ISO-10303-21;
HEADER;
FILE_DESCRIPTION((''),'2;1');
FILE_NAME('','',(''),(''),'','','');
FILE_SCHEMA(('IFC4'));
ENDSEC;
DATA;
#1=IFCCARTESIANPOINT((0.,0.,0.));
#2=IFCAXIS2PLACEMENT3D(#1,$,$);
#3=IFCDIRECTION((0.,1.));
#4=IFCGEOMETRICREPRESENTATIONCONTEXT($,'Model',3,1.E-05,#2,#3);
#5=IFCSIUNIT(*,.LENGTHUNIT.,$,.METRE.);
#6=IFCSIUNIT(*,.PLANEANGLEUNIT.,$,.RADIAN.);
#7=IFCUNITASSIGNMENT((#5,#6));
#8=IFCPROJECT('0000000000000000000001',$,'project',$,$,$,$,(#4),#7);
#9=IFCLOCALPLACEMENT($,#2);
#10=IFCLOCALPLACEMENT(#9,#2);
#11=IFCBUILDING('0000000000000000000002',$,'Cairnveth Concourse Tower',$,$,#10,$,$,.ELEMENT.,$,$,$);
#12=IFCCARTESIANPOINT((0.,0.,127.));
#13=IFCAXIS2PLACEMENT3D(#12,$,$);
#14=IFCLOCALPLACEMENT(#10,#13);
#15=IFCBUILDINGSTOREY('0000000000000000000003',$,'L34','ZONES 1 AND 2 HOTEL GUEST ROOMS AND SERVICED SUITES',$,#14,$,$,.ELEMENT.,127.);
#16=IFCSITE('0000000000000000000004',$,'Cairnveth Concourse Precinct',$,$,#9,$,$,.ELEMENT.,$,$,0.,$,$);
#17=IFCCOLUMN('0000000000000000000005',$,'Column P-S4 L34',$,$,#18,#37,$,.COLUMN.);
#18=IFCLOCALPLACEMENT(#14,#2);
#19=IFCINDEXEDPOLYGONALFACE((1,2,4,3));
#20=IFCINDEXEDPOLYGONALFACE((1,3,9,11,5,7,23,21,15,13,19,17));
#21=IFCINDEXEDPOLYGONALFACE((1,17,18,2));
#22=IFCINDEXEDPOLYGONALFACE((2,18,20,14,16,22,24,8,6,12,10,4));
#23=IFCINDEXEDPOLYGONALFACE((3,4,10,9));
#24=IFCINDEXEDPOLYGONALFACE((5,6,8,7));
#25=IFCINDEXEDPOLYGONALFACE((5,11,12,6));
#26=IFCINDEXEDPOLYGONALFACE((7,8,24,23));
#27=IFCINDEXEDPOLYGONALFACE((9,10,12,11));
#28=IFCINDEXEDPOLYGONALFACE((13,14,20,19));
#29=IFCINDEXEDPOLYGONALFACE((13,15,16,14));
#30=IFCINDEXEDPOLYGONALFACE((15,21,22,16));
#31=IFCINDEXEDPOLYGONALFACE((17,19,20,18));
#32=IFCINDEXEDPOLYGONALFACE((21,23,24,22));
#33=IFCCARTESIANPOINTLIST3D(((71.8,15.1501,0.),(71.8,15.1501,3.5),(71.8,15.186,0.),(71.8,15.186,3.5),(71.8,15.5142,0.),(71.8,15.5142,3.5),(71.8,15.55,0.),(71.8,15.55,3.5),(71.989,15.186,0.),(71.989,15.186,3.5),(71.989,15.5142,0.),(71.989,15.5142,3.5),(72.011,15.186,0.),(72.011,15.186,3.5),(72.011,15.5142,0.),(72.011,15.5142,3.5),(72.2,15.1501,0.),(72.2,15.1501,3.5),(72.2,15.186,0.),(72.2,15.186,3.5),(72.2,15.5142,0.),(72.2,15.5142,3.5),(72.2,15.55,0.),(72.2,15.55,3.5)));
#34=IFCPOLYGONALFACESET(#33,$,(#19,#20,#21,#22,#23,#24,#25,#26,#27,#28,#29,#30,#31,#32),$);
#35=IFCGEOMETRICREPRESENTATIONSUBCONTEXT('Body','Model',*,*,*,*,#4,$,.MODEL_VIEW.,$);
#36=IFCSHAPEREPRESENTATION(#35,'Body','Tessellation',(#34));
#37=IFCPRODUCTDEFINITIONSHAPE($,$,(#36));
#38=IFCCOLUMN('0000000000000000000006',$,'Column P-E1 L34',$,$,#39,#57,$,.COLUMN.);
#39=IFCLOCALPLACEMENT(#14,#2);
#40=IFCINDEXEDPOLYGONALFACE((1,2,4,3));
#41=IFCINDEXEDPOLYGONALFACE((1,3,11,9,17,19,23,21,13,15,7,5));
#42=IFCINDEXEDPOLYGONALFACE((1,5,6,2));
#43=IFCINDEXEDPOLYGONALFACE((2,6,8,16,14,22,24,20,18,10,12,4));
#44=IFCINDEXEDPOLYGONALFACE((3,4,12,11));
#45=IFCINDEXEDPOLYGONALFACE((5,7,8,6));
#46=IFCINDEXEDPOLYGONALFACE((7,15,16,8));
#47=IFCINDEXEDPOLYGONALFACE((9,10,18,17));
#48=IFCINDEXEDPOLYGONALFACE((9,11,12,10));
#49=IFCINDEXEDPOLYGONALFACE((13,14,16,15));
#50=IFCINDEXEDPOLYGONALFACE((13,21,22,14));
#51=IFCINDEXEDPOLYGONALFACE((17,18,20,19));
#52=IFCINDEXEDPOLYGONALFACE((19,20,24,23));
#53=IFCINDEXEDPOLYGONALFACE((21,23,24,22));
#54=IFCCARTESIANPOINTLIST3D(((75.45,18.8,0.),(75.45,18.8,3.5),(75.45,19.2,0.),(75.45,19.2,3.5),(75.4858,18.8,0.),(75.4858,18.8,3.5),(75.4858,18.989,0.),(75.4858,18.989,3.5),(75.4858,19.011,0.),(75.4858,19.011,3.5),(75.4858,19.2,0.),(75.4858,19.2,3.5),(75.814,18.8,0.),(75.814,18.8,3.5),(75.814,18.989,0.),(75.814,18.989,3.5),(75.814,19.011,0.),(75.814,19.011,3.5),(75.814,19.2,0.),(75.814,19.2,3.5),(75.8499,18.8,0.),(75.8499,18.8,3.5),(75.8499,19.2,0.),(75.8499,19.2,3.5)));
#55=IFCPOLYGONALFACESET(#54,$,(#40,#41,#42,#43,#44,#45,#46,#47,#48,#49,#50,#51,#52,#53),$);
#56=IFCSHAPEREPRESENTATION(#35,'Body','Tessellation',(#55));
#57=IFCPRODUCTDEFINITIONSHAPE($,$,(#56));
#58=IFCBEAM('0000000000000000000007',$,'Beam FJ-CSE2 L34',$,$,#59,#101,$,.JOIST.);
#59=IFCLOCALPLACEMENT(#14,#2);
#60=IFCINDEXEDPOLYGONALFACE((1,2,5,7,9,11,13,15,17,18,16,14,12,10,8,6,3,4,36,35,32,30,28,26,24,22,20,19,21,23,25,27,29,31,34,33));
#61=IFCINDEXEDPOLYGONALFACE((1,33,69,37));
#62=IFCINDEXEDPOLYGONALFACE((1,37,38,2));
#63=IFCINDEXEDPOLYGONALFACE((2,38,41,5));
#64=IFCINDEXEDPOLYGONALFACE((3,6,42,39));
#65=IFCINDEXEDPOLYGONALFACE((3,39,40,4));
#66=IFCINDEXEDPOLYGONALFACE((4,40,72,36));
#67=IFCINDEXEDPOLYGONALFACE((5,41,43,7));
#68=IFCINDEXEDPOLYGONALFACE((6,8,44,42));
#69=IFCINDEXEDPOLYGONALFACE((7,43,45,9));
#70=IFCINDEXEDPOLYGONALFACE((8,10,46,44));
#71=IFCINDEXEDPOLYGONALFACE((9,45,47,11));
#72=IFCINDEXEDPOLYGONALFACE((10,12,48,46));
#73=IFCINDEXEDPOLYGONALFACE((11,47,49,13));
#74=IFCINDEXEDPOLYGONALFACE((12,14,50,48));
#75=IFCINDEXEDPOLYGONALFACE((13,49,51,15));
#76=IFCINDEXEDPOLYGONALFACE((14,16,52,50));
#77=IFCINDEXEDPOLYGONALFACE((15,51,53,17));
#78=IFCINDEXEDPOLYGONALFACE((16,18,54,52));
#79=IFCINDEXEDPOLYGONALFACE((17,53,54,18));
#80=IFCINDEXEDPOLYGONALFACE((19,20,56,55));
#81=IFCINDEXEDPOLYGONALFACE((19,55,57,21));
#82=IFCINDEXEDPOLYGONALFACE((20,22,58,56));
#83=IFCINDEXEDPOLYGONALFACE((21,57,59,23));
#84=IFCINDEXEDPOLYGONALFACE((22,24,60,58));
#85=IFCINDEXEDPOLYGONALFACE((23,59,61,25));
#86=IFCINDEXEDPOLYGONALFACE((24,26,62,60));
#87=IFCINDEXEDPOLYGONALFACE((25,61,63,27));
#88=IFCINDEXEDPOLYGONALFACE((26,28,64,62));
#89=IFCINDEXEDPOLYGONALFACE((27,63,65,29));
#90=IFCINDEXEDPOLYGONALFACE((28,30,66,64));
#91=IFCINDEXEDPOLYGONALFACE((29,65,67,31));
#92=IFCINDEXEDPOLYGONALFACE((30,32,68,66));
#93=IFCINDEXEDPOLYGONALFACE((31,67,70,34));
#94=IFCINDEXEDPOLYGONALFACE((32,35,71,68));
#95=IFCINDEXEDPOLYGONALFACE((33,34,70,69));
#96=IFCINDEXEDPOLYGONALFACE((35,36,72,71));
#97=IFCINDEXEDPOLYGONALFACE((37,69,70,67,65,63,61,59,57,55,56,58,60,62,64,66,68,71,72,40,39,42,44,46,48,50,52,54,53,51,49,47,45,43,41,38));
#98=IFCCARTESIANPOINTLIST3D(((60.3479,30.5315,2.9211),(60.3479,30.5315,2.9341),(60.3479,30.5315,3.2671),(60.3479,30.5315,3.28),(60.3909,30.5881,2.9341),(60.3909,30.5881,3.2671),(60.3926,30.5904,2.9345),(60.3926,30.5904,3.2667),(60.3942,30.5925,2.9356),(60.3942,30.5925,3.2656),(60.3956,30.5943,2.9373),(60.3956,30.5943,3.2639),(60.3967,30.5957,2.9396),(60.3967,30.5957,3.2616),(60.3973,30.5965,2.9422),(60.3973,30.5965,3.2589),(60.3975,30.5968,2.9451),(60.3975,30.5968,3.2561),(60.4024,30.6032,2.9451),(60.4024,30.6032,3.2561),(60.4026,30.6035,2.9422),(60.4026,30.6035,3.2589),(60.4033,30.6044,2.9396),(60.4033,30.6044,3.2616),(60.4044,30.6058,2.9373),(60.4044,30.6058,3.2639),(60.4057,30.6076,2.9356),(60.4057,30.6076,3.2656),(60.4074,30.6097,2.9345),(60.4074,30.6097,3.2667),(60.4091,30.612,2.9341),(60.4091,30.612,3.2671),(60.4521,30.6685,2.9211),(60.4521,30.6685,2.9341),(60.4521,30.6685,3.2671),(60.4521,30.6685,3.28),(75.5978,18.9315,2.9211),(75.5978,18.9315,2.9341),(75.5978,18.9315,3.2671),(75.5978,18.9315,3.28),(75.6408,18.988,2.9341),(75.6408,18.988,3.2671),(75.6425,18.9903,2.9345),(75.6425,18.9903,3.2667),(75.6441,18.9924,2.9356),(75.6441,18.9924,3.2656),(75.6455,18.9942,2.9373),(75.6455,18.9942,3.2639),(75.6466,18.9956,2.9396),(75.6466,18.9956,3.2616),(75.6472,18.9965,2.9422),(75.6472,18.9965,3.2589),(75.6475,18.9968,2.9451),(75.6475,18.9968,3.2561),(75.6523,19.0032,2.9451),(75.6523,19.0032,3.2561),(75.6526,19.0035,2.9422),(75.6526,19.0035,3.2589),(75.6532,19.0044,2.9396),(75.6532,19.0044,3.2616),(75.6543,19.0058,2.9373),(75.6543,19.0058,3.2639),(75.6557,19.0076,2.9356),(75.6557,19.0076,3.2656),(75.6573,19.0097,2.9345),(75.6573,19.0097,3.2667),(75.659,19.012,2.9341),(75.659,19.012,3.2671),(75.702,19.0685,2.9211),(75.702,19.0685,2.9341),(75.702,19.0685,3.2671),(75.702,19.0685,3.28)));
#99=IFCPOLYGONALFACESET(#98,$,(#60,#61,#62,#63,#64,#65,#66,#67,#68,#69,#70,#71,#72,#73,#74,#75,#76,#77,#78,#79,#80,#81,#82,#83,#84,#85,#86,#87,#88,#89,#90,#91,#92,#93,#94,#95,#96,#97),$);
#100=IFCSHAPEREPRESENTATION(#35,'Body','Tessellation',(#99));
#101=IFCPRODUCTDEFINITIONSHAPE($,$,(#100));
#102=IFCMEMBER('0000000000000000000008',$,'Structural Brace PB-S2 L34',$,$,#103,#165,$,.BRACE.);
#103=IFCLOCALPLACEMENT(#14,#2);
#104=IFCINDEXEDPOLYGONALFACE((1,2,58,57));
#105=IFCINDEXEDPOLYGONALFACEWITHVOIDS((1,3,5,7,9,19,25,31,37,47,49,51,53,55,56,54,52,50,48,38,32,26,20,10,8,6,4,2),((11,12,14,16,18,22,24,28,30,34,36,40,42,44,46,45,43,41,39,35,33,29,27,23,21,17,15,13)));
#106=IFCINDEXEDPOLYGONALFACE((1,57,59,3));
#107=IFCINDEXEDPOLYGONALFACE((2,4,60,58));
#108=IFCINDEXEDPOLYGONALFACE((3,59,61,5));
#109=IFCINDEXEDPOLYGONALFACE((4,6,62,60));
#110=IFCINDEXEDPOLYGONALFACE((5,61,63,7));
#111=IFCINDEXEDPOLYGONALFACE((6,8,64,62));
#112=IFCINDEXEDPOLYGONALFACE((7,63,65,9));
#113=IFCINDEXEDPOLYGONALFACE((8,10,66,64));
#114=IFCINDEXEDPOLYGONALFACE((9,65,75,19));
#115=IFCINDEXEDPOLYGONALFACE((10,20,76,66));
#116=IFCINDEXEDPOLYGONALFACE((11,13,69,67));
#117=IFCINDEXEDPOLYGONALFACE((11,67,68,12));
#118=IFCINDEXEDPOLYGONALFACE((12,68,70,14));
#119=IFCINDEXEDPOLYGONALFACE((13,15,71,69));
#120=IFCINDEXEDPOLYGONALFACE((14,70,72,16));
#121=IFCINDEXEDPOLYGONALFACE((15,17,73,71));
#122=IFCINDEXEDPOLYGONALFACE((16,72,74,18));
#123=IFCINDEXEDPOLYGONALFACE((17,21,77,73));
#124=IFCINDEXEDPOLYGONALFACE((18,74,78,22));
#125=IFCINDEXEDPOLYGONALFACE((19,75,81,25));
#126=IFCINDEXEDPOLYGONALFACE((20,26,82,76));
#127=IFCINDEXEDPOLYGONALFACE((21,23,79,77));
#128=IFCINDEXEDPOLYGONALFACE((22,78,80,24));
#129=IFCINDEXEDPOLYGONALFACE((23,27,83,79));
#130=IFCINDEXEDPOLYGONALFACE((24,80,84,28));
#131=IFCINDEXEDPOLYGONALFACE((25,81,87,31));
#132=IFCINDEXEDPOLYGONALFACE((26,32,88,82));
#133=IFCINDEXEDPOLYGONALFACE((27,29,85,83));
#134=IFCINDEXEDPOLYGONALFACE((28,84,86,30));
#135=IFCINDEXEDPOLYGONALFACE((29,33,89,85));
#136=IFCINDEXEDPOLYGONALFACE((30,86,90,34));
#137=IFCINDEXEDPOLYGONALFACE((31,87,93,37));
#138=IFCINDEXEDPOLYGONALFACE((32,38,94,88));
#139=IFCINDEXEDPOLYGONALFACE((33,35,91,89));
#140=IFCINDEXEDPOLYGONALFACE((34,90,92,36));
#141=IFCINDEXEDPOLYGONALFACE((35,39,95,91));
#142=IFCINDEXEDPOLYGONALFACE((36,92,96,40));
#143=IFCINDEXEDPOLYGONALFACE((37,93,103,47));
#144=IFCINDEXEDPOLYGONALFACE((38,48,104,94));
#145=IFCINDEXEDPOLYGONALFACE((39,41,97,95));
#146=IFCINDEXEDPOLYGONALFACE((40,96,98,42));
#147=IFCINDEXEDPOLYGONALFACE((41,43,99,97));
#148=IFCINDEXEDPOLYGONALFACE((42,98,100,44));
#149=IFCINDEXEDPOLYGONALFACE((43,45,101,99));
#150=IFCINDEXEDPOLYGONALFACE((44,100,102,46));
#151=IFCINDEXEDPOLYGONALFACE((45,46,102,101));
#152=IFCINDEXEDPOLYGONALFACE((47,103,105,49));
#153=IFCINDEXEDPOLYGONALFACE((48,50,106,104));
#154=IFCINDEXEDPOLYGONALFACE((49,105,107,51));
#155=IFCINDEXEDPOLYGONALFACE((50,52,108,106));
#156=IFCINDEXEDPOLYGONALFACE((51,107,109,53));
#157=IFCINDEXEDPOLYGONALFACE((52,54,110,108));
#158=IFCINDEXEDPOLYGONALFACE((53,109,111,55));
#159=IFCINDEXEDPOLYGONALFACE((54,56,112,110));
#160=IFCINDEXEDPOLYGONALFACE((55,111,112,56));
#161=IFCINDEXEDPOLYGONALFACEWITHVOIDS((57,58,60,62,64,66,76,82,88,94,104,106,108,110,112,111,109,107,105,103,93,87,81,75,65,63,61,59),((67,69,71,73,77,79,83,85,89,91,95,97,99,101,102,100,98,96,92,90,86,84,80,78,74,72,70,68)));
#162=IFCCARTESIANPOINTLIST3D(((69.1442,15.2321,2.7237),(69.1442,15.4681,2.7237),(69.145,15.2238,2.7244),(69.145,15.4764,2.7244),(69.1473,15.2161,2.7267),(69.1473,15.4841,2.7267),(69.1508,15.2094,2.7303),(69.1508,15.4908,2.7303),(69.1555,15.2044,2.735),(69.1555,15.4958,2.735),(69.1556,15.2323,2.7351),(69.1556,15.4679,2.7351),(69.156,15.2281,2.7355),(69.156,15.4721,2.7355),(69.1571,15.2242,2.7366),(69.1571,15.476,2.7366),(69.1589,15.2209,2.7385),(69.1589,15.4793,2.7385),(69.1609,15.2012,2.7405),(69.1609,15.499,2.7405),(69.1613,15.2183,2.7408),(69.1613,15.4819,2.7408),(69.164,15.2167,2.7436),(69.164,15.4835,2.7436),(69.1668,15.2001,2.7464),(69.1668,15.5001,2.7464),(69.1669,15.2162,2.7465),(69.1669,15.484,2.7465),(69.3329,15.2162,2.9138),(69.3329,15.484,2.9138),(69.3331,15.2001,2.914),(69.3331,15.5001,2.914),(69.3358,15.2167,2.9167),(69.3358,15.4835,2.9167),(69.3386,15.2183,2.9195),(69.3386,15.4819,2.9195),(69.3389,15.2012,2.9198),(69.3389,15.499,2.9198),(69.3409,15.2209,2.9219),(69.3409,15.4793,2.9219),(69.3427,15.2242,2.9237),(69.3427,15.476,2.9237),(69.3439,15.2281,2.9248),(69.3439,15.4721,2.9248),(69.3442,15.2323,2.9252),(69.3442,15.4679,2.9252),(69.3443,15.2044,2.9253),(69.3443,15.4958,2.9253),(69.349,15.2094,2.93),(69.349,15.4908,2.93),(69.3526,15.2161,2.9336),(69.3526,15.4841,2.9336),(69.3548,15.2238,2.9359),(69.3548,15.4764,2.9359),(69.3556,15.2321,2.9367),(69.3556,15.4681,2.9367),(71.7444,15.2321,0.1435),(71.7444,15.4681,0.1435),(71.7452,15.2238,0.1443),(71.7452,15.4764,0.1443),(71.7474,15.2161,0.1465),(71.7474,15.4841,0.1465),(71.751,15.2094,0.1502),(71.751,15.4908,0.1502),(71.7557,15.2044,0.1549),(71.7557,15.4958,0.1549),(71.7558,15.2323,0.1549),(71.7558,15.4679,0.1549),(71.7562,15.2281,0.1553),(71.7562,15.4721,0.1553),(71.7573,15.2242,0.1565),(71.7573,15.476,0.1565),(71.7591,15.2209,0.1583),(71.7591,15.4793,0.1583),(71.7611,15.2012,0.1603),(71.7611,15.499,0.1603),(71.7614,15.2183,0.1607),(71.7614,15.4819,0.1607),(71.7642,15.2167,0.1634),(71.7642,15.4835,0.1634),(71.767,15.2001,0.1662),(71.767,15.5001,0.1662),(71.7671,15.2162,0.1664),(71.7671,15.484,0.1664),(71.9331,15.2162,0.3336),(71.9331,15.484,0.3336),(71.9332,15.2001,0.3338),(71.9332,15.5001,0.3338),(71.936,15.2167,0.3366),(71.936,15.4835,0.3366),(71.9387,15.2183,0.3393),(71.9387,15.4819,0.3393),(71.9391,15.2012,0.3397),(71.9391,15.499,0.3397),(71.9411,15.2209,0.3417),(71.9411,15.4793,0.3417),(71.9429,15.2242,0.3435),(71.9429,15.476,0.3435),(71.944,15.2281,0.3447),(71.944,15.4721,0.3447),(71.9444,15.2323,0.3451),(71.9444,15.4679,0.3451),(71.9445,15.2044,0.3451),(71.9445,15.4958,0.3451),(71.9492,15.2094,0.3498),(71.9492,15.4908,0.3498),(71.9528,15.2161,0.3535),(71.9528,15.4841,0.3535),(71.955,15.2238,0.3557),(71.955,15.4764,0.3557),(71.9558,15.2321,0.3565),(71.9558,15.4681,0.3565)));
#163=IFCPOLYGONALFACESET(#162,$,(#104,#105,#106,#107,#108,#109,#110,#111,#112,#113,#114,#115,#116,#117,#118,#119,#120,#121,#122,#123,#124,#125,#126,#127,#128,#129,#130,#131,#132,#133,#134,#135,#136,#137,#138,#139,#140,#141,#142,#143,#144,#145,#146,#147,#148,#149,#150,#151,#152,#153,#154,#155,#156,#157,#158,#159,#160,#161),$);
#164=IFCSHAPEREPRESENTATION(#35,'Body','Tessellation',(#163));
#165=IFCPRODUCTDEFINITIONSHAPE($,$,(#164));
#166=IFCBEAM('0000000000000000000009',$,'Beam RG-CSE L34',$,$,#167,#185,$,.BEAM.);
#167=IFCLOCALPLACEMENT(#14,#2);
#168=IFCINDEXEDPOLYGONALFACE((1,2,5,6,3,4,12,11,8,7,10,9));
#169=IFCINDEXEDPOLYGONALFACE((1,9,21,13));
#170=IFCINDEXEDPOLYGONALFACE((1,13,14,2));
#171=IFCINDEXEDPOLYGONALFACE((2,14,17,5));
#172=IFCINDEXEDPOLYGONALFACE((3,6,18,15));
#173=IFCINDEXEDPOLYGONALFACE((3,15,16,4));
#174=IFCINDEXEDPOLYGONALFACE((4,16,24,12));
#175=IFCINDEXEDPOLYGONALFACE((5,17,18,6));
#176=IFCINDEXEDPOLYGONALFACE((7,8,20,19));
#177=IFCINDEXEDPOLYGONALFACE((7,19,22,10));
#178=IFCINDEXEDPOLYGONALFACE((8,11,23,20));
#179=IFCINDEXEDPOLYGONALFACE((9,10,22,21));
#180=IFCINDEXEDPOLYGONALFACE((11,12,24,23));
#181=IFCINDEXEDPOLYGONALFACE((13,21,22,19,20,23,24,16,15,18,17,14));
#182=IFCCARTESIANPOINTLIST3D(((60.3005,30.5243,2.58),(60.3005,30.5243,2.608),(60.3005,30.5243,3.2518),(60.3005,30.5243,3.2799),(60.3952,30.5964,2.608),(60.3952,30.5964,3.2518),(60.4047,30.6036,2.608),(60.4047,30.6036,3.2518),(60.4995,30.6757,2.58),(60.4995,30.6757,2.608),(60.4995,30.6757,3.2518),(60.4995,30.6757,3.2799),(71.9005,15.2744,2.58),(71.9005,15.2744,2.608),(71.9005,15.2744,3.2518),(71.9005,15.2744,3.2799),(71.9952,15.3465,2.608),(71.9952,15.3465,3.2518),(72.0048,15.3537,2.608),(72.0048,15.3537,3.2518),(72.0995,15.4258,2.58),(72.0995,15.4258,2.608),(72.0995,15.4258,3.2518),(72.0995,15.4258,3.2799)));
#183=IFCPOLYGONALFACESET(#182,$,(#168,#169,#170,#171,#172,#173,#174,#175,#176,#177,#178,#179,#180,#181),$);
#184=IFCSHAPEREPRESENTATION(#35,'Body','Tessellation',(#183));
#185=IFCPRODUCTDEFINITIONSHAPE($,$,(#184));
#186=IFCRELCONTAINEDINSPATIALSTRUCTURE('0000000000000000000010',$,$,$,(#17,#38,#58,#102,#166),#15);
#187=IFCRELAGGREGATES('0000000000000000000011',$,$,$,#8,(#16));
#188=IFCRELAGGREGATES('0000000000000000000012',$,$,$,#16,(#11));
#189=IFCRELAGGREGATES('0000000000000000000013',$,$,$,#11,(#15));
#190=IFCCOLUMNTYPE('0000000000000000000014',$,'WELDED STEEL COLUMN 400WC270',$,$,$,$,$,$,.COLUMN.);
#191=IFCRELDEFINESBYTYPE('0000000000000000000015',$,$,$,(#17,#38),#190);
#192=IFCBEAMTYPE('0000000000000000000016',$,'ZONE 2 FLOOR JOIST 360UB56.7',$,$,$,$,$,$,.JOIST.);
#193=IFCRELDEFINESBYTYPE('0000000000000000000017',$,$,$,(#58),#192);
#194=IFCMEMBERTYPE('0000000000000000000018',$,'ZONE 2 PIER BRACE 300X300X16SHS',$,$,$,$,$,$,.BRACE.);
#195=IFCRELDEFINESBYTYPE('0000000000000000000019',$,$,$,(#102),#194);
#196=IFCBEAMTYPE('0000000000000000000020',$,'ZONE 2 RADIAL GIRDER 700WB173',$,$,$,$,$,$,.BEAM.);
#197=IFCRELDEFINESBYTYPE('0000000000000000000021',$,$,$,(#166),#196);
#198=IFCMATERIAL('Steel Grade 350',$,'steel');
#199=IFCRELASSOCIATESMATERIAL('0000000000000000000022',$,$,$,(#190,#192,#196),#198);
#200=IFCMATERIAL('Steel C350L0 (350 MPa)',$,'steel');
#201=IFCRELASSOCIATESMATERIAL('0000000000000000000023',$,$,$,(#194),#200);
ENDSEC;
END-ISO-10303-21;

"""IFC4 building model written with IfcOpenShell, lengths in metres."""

from ifc_helpers import new_model, si_unit, direction, frame, origin, origin_2d, place, context, subcontext, project, spatial, hollow_rectangle, i_section, extrude, material, material_profile, profile_set, type_object, element, save


model = new_model("IFC4")

# Units and contexts
model_context = context("Model", 3, precision=1e-05, world=origin(), true_north=direction((0.0, 1.0)))
body_context = subcontext(model_context, "Body", "Model", "MODEL_VIEW")
ifc_project = project(units=[si_unit("LENGTHUNIT", "METRE"), si_unit("PLANEANGLEUNIT", "RADIAN")], contexts=[model_context])

# Site, building, storey
site_placement = place(None, origin())
site = spatial("IfcSite", under=ifc_project, at=site_placement, Name="Cairnveth Concourse Precinct", CompositionType="ELEMENT", RefElevation=0.0)
building_placement = place(site_placement, origin())
building = spatial("IfcBuilding", under=site, at=building_placement, Name="Cairnveth Concourse Tower", CompositionType="ELEMENT")
storey_placement = place(building_placement, frame((0.0, 0.0, 127.0)))
storey = spatial("IfcBuildingStorey", under=building, at=storey_placement, Name="L34", Description="ZONES 1 AND 2 HOTEL GUEST ROOMS AND SERVICED SUITES", CompositionType="ELEMENT", Elevation=127.0)

# Columns
ifc_material_1 = material(Name="Steel Grade 350", Category="steel")
ifc_material_profile_1 = material_profile(ifc_material_1, i_section(OverallWidth=0.3999, OverallDepth=0.3999, WebThickness=0.022, FlangeThickness=0.0359, at=origin_2d()), Name="400WC270")
ifc_profile_set_1 = profile_set([ifc_material_profile_1], Name="Steel Grade 350")
column_type = type_object("IfcColumnType", Name="WELDED STEEL COLUMN 400WC270", PredefinedType="COLUMN", material=ifc_profile_set_1)
for number, where, z_axis, x_axis, name in (
    (1, (72.0, 15.3501, 0.0), (0.0, 0.0, 1.0), (1.0, 0.0, 0.0), "Column P-S4 L34"),
    (2, (75.6499, 19.0, 0.0), (0.0, 0.0, 1.0), (0.0, 1.0, 0.0), "Column P-E1 L34"),
):
    element("IfcColumn", number, at=place(storey_placement, frame(where, z_axis=z_axis, x_axis=x_axis)), inside=storey, type_object=column_type, Name=name, PredefinedType="COLUMN", context=body_context, shape_type="SweptSolid", body=[
        extrude(i_section(OverallWidth=0.3999, OverallDepth=0.3999, WebThickness=0.022, FlangeThickness=0.0359, at=origin_2d()), origin(), (0.0, 0.0, 1.0), 3.5),
    ])

# Beam
ifc_material_profile_2 = material_profile(ifc_material_1, i_section(OverallWidth=0.1721, OverallDepth=0.3589, WebThickness=0.0081, FlangeThickness=0.0129, FilletRadius=0.011, at=origin_2d()), Name="360UB56.7")
ifc_profile_set_2 = profile_set([ifc_material_profile_2], Name="Steel Grade 350")
beam_type_1 = type_object("IfcBeamType", Name="ZONE 2 FLOOR JOIST 360UB56.7", PredefinedType="JOIST", material=ifc_profile_set_2)
beam_1_placement = place(storey_placement, frame((75.6499, 19.0, 3.1006), z_axis=(-0.795908, 0.605417, 0.0), x_axis=(-0.605417, -0.795908, 0.0)))
element("IfcBeam", 3, at=beam_1_placement, inside=storey, type_object=beam_type_1, Name="Beam FJ-CSE2 L34", PredefinedType="JOIST", context=body_context, shape_type="SweptSolid", body=[
    extrude(i_section(OverallWidth=0.1721, OverallDepth=0.3589, WebThickness=0.0081, FlangeThickness=0.0129, FilletRadius=0.011, at=origin_2d()), origin(), (0.0, 0.0, 1.0), 19.1604),
])

# Member
ifc_material_2 = material(Name="Steel C350L0 (350 MPa)", Category="steel")
ifc_material_profile_3 = material_profile(ifc_material_2, hollow_rectangle(XDim=0.3, YDim=0.3, WallThickness=0.0161, InnerFilletRadius=0.0161, OuterFilletRadius=0.032, at=origin_2d()), Name="300x300x16.0SHS")
ifc_profile_set_3 = profile_set([ifc_material_profile_3], Name="Steel C350L0 (350 MPa)")
member_type = type_object("IfcMemberType", Name="ZONE 2 PIER BRACE 300X300X16SHS", PredefinedType="BRACE", material=ifc_profile_set_3)
member_placement = place(storey_placement, frame((71.8501, 15.3501, 0.25), z_axis=(-0.709834, 0.0, 0.704369), x_axis=(0.0, -1.0, 0.0)))
element("IfcMember", 4, at=member_placement, inside=storey, type_object=member_type, Name="Structural Brace PB-S2 L34", PredefinedType="BRACE", context=body_context, shape_type="SweptSolid", body=[
    extrude(hollow_rectangle(XDim=0.3, YDim=0.3, WallThickness=0.0161, InnerFilletRadius=0.0161, OuterFilletRadius=0.032, at=origin_2d()), origin(), (0.0, 0.0, 1.0), 3.6631),
])

# Beam
ifc_material_profile_4 = material_profile(ifc_material_1, i_section(OverallWidth=0.25, OverallDepth=0.7, WebThickness=0.012, FlangeThickness=0.0281, at=origin_2d()), Name="700WB173")
ifc_profile_set_4 = profile_set([ifc_material_profile_4], Name="Steel Grade 350")
beam_type_2 = type_object("IfcBeamType", Name="ZONE 2 RADIAL GIRDER 700WB173", PredefinedType="BEAM", material=ifc_profile_set_4)
beam_2_placement = place(storey_placement, frame((72.0, 15.3501, 2.9299), z_axis=(-0.605417, 0.795908, 0.0), x_axis=(-0.795908, -0.605417, 0.0)))
element("IfcBeam", 5, at=beam_2_placement, inside=storey, type_object=beam_type_2, Name="Beam RG-CSE L34", PredefinedType="BEAM", context=body_context, shape_type="SweptSolid", body=[
    extrude(i_section(OverallWidth=0.25, OverallDepth=0.7, WebThickness=0.012, FlangeThickness=0.0281, at=origin_2d()), origin(), (0.0, 0.0, 1.0), 19.1604),
])

save(model, "model.ifc")
